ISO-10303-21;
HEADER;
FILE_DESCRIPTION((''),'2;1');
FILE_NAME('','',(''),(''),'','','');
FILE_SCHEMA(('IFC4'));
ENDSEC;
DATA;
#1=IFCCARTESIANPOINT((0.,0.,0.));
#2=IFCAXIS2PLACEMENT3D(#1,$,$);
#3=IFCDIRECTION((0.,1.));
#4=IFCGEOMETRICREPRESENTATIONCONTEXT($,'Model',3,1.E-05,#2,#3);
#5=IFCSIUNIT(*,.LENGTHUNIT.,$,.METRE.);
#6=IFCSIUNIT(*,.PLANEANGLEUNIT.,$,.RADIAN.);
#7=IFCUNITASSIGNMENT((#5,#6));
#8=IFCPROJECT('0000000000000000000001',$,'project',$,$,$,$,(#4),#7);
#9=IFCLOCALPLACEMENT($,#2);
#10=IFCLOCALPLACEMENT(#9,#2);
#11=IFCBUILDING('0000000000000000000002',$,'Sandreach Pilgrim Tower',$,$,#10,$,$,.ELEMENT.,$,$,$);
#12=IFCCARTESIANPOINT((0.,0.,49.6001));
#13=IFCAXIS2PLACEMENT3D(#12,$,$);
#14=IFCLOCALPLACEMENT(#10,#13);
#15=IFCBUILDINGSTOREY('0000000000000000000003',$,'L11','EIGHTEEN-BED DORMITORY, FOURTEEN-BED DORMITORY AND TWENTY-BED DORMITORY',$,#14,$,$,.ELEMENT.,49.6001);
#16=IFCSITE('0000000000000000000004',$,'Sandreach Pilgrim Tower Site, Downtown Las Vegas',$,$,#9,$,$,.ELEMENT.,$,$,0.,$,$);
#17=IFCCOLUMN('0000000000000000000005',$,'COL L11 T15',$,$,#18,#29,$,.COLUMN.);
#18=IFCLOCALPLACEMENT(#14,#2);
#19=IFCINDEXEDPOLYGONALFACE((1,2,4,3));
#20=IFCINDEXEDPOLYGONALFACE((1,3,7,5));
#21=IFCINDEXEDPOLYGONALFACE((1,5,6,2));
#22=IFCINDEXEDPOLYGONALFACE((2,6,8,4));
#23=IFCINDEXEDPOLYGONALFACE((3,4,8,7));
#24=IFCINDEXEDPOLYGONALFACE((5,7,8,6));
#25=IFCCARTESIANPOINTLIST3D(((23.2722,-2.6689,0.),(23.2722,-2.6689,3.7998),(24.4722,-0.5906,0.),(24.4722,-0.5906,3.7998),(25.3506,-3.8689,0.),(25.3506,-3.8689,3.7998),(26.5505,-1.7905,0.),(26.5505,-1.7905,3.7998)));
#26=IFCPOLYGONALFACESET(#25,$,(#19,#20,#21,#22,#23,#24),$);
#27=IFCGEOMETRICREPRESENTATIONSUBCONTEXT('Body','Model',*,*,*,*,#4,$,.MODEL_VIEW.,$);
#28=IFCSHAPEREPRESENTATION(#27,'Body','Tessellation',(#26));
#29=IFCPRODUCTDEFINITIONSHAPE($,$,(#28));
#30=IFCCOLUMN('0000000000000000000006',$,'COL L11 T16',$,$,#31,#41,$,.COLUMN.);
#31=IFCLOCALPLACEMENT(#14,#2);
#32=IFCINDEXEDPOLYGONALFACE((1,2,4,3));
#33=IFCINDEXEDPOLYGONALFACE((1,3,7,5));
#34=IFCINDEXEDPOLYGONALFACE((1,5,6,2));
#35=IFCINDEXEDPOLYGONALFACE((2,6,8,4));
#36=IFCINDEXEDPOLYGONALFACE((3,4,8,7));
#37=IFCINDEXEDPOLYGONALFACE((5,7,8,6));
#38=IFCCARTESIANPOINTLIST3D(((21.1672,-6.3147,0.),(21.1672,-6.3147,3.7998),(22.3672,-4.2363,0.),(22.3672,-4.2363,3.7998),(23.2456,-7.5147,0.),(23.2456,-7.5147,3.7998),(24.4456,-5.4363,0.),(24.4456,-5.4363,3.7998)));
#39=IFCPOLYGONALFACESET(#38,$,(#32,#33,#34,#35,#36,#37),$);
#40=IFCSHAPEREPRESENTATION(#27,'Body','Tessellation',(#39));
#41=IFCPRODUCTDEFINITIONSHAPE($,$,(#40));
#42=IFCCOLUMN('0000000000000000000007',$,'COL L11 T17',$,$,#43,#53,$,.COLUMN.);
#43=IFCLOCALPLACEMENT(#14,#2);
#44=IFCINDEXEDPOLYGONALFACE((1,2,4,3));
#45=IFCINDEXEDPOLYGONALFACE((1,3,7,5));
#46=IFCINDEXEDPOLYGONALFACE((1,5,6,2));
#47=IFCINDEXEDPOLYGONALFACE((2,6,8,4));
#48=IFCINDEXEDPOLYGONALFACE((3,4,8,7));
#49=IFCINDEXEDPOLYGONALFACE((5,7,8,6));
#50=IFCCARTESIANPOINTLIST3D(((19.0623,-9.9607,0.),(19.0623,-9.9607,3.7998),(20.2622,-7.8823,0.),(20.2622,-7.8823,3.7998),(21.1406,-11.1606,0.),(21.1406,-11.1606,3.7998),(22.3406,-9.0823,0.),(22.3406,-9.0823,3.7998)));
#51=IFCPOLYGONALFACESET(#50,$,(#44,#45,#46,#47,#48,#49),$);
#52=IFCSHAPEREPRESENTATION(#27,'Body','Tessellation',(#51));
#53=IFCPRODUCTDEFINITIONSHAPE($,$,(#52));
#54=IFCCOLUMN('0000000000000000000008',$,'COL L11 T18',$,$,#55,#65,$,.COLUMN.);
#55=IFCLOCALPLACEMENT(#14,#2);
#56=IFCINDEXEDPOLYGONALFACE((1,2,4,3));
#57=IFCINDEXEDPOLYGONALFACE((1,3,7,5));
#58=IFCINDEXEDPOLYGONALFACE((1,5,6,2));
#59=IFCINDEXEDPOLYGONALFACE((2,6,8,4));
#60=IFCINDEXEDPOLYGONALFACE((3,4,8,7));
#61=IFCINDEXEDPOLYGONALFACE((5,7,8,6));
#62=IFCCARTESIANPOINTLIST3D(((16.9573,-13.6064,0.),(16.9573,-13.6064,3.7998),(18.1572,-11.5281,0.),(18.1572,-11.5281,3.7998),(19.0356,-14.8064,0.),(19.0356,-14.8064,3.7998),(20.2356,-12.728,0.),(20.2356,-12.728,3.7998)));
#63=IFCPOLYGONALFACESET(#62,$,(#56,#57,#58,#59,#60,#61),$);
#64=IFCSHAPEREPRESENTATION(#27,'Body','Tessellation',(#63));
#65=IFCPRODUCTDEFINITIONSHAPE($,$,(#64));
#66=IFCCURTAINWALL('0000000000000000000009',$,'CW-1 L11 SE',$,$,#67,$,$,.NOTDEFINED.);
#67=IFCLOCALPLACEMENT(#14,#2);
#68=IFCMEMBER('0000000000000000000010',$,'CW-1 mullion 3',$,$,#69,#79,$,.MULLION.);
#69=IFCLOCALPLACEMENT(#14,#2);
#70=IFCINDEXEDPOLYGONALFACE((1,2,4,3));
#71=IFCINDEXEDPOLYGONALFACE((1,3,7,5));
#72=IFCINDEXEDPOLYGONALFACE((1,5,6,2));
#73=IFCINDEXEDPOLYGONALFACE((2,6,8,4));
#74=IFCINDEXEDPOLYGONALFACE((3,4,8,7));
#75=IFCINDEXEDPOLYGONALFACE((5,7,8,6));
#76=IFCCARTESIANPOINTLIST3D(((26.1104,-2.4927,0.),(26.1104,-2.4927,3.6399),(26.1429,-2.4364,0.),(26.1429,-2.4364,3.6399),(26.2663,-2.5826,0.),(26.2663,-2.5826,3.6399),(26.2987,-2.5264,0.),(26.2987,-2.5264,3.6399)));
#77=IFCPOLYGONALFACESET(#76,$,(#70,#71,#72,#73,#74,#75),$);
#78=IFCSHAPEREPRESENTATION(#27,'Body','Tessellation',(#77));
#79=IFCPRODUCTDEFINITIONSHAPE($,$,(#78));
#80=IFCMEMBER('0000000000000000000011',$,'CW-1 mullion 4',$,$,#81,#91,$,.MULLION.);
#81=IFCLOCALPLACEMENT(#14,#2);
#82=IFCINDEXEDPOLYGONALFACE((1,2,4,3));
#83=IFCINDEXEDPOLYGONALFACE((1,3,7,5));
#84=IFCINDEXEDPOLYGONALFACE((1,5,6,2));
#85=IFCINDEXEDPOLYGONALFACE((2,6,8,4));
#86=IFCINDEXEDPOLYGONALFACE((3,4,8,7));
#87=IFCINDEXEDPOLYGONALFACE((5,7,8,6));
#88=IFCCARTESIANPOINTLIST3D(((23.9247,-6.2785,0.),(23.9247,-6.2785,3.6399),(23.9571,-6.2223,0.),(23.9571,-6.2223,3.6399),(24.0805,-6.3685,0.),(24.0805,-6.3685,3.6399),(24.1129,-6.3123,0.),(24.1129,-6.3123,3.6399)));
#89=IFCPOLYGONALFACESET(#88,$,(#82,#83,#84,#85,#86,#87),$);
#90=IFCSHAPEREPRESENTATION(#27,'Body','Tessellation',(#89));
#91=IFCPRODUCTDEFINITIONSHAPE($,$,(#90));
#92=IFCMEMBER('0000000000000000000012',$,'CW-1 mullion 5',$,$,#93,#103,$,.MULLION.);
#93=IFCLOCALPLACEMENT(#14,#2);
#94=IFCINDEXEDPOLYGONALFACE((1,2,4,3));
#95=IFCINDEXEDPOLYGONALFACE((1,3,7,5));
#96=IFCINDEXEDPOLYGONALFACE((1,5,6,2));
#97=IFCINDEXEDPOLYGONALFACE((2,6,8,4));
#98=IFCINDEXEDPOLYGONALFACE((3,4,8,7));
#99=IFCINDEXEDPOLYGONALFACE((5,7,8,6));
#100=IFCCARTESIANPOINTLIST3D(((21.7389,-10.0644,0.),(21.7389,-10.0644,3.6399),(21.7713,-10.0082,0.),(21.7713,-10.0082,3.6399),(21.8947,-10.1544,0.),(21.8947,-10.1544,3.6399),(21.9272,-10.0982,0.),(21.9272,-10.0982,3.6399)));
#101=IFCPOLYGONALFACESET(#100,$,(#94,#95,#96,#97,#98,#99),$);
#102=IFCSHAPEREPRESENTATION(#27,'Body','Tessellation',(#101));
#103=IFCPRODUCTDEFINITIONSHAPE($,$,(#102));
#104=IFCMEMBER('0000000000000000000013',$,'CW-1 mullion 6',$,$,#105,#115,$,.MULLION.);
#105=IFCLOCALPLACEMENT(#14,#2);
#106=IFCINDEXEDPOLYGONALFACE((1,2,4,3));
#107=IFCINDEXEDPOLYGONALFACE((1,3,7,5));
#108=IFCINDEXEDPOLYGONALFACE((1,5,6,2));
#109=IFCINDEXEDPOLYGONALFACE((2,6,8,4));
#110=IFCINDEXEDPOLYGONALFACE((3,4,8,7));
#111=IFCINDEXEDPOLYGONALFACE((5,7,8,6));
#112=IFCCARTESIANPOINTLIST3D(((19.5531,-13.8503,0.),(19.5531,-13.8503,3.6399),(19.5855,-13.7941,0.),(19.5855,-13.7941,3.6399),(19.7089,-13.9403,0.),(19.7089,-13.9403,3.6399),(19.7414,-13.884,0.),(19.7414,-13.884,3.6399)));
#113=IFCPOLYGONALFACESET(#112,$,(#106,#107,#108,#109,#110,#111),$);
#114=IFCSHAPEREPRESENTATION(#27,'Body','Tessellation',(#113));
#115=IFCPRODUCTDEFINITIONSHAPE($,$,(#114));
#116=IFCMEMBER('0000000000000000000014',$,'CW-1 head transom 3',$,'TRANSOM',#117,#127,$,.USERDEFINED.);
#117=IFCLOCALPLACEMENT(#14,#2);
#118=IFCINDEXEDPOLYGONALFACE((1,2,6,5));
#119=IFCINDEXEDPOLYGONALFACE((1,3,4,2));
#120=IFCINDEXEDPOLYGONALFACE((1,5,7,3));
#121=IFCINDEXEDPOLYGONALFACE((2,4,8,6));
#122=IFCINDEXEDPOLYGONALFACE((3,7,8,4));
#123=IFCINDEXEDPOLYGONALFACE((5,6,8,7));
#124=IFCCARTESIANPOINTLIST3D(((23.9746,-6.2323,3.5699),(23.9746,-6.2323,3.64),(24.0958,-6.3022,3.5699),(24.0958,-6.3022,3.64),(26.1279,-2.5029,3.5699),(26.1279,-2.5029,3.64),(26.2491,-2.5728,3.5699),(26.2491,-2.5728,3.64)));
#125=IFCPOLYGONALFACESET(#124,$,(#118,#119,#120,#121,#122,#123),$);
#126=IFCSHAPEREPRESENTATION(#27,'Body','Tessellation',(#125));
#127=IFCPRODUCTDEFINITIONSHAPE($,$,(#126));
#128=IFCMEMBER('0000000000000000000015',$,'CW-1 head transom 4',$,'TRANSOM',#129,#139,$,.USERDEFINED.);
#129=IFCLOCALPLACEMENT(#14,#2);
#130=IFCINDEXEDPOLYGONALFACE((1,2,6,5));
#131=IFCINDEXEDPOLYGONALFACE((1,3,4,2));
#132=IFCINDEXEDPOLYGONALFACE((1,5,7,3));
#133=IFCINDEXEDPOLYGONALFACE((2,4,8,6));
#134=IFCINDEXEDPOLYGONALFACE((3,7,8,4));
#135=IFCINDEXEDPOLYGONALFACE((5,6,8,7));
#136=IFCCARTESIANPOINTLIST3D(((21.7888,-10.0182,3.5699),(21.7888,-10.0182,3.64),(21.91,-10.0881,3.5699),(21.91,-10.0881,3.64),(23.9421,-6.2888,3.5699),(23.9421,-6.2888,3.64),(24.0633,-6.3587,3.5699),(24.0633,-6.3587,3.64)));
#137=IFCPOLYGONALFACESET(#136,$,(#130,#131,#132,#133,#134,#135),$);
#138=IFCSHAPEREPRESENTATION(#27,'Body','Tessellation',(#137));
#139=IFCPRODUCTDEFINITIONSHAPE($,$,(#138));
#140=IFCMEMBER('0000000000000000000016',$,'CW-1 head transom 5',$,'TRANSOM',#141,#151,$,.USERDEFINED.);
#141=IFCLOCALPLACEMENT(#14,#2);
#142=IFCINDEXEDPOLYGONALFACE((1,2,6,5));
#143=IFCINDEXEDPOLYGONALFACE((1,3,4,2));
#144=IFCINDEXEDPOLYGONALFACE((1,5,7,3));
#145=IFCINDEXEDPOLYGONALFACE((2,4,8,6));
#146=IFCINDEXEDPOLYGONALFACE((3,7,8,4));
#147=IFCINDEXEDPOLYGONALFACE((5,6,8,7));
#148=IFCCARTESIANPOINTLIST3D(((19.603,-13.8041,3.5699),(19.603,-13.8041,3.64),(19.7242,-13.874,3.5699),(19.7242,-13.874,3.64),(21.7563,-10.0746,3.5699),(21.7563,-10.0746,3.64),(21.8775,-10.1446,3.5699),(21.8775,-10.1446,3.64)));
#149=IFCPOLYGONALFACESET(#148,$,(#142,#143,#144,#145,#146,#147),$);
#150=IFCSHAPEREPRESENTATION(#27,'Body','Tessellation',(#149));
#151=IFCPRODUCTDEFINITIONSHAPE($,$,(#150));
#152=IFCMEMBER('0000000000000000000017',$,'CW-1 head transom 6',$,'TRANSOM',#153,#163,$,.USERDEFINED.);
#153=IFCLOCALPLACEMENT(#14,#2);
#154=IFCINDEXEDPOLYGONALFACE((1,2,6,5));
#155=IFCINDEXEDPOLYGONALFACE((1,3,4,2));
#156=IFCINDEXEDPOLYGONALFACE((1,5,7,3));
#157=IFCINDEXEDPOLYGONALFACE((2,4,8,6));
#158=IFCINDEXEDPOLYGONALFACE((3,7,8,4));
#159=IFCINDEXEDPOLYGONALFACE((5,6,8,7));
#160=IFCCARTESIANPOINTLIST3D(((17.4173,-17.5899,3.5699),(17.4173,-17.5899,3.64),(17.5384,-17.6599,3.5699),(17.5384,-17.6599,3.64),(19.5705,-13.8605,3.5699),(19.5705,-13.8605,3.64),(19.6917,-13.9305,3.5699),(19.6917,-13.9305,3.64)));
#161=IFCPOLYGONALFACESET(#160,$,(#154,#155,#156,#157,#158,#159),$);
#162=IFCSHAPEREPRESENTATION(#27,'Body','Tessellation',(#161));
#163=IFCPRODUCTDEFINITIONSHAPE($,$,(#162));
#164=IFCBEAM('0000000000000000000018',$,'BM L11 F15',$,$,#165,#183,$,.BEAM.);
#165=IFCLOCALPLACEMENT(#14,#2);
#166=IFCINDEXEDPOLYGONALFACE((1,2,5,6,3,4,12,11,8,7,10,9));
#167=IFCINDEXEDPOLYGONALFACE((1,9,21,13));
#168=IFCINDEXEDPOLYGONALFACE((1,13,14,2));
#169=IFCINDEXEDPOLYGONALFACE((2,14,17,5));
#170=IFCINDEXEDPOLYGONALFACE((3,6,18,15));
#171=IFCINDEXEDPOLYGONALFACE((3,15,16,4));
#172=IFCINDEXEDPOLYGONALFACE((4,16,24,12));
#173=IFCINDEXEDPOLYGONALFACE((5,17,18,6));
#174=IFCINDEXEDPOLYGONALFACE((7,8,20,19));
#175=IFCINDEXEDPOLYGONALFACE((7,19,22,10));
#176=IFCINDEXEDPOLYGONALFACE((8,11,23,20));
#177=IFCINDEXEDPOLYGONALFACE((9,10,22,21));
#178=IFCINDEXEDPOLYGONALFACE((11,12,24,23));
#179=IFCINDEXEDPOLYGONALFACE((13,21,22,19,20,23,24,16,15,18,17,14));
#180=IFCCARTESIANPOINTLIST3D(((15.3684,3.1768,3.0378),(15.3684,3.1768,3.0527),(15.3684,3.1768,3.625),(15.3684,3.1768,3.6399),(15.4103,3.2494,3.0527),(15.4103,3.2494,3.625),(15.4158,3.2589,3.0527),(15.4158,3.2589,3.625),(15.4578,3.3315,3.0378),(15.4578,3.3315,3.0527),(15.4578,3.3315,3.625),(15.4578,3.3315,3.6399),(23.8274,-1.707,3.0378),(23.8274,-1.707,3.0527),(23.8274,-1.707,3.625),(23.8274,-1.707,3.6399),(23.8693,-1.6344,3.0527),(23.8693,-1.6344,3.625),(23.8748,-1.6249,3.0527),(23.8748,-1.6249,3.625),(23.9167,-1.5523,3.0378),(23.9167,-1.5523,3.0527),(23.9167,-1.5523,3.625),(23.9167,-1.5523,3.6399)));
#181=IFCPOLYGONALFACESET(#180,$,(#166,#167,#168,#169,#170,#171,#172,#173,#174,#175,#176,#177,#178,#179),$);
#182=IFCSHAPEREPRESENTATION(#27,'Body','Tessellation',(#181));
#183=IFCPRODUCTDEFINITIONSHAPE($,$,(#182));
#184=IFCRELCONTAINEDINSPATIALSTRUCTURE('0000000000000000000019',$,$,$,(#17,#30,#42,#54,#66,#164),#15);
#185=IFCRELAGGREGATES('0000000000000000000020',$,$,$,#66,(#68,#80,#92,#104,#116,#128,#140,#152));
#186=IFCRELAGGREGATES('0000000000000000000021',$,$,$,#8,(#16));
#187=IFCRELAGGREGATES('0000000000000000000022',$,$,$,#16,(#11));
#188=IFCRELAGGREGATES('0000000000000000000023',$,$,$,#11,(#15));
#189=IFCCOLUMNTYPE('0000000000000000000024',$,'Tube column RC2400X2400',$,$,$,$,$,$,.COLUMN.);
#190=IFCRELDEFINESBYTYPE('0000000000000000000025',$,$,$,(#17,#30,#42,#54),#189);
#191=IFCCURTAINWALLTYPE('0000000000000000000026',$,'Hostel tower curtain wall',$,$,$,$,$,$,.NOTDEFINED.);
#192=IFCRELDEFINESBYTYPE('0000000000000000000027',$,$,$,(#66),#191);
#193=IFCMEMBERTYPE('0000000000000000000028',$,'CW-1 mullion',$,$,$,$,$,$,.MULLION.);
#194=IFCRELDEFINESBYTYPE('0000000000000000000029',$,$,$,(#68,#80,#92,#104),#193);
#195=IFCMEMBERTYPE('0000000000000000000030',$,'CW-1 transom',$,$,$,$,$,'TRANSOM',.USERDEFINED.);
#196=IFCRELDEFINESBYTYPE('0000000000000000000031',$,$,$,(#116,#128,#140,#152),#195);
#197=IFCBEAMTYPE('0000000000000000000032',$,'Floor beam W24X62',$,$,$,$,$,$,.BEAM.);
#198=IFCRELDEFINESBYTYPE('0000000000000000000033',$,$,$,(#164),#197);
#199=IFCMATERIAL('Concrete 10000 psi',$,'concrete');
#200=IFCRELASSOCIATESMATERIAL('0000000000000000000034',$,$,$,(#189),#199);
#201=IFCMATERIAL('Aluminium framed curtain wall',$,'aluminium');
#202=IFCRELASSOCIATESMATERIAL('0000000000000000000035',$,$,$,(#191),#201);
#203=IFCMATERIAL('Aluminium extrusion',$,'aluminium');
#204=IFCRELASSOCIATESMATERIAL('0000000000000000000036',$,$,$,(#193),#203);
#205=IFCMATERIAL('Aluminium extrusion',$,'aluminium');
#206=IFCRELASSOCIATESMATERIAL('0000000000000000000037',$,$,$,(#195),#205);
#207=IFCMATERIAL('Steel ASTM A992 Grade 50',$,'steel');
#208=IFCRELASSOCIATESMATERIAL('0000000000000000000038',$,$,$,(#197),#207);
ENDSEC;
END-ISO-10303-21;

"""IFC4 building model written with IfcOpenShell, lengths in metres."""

from ifc_helpers import new_model, si_unit, direction, frame, origin, origin_2d, place, context, subcontext, project, spatial, rectangle, i_section, extrude, material, material_profile, profile_set, type_object, element, aggregate, save


model = new_model("IFC4")

# Units and contexts
model_context = context("Model", 3, precision=1e-05, world=origin(), true_north=direction((0.0, 1.0)))
body_context = subcontext(model_context, "Body", "Model", "MODEL_VIEW")
ifc_project = project(units=[si_unit("LENGTHUNIT", "METRE"), si_unit("PLANEANGLEUNIT", "RADIAN")], contexts=[model_context])

# Site, building, storey
site_placement = place(None, origin())
site = spatial("IfcSite", under=ifc_project, at=site_placement, Name="Sandreach Pilgrim Tower Site, Downtown Las Vegas", CompositionType="ELEMENT", RefElevation=0.0)
building_placement = place(site_placement, origin())
building = spatial("IfcBuilding", under=site, at=building_placement, Name="Sandreach Pilgrim Tower", CompositionType="ELEMENT")
storey_placement = place(building_placement, frame((0.0, 0.0, 49.6001)))
storey = spatial("IfcBuildingStorey", under=building, at=storey_placement, Name="L11", Description="EIGHTEEN-BED DORMITORY, FOURTEEN-BED DORMITORY AND TWENTY-BED DORMITORY", CompositionType="ELEMENT", Elevation=49.6001)

# Columns
ifc_material_1 = material(Name="Concrete 10000 psi", Category="concrete")
ifc_material_profile_1 = material_profile(ifc_material_1, rectangle(XDim=2.3999, YDim=2.3999, at=origin_2d()), Name="RC2400X2400")
ifc_profile_set_1 = profile_set([ifc_material_profile_1], Name="Concrete 10000 psi")
column_type = type_object("IfcColumnType", Name="Tube column RC2400X2400", PredefinedType="COLUMN", material=ifc_profile_set_1)
for number, where, z_axis, x_axis, name in (
    (1, (24.9114, -2.2297, 0.0), (0.0, 0.0, 1.0), (0.866025, -0.5, 0.0), "COL L11 T15"),
    (2, (22.8064, -5.8755, 0.0), (0.0, 0.0, 1.0), (0.866025, -0.5, 0.0), "COL L11 T16"),
    (3, (20.7014, -9.5215, 0.0), (0.0, 0.0, 1.0), (0.866025, -0.5, 0.0), "COL L11 T17"),
    (4, (18.5964, -13.1672, 0.0), (0.0, 0.0, 1.0), (0.866025, -0.5, 0.0), "COL L11 T18"),
):
    element("IfcColumn", number, at=place(storey_placement, frame(where, z_axis=z_axis, x_axis=x_axis)), inside=storey, type_object=column_type, Name=name, PredefinedType="COLUMN", context=body_context, shape_type="SweptSolid", body=[
        extrude(rectangle(XDim=2.3999, YDim=2.3999, at=origin_2d()), origin(), (0.0, 0.0, 1.0), 3.7998),
    ])

# Curtain wall, members
ifc_material_2 = material(Name="Aluminium framed curtain wall", Category="aluminium")
curtain_wall_type = type_object("IfcCurtainWallType", Name="Hostel tower curtain wall", PredefinedType="NOTDEFINED", material=ifc_material_2)
curtain_wall_placement = place(storey_placement, origin())
curtain_wall = element("IfcCurtainWall", 5, at=curtain_wall_placement, inside=storey, type_object=curtain_wall_type, Name="CW-1 L11 SE", PredefinedType="NOTDEFINED")
ifc_material_3 = material(Name="Aluminium extrusion", Category="aluminium")
ifc_material_profile_2 = material_profile(ifc_material_3, rectangle(XDim=0.0649, YDim=0.1799, at=origin_2d()), Name="CW-1M 65X180")
ifc_profile_set_2 = profile_set([ifc_material_profile_2], Name="Aluminium extrusion")
member_type_1 = type_object("IfcMemberType", Name="CW-1 mullion", PredefinedType="MULLION", material=ifc_profile_set_2)
member_1_placement = place(storey_placement, frame((26.2046, -2.5095, 0.0), z_axis=(0.0, 0.0, 1.0), x_axis=(-0.5, -0.866025, 0.0)))
member_1 = element("IfcMember", 6, at=member_1_placement, type_object=member_type_1, Name="CW-1 mullion 3", PredefinedType="MULLION", context=body_context, shape_type="SweptSolid", body=[
    extrude(rectangle(XDim=0.0649, YDim=0.1799, at=origin_2d()), origin(), (0.0, 0.0, 1.0), 3.6399),
])
member_2_placement = place(storey_placement, frame((24.0188, -6.2954, 0.0), z_axis=(0.0, 0.0, 1.0), x_axis=(-0.5, -0.866025, 0.0)))
member_2 = element("IfcMember", 7, at=member_2_placement, type_object=member_type_1, Name="CW-1 mullion 4", PredefinedType="MULLION", context=body_context, shape_type="SweptSolid", body=[
    extrude(rectangle(XDim=0.0649, YDim=0.1799, at=origin_2d()), origin(), (0.0, 0.0, 1.0), 3.6399),
])
member_3_placement = place(storey_placement, frame((21.833, -10.0813, 0.0), z_axis=(0.0, 0.0, 1.0), x_axis=(-0.5, -0.866025, 0.0)))
member_3 = element("IfcMember", 8, at=member_3_placement, type_object=member_type_1, Name="CW-1 mullion 5", PredefinedType="MULLION", context=body_context, shape_type="SweptSolid", body=[
    extrude(rectangle(XDim=0.0649, YDim=0.1799, at=origin_2d()), origin(), (0.0, 0.0, 1.0), 3.6399),
])
member_4_placement = place(storey_placement, frame((19.6472, -13.8672, 0.0), z_axis=(0.0, 0.0, 1.0), x_axis=(-0.5, -0.866025, 0.0)))
member_4 = element("IfcMember", 9, at=member_4_placement, type_object=member_type_1, Name="CW-1 mullion 6", PredefinedType="MULLION", context=body_context, shape_type="SweptSolid", body=[
    extrude(rectangle(XDim=0.0649, YDim=0.1799, at=origin_2d()), origin(), (0.0, 0.0, 1.0), 3.6399),
])
ifc_material_4 = material(Name="Aluminium extrusion", Category="aluminium")
ifc_material_profile_3 = material_profile(ifc_material_4, rectangle(XDim=0.1399, YDim=0.0701, at=origin_2d()), Name="CW-1T 140X70")
ifc_profile_set_3 = profile_set([ifc_material_profile_3], Name="Aluminium extrusion")
member_type_2 = type_object("IfcMemberType", Name="CW-1 transom", ElementType="TRANSOM", PredefinedType="USERDEFINED", material=ifc_profile_set_3)
member_5_placement = place(storey_placement, frame((26.1885, -2.5378, 3.605), z_axis=(-0.500017, -0.866016, 0.0), x_axis=(0.866016, -0.500017, 0.0)))
member_5 = element("IfcMember", 10, at=member_5_placement, type_object=member_type_2, Name="CW-1 head transom 3", ObjectType="TRANSOM", PredefinedType="USERDEFINED", context=body_context, shape_type="SweptSolid", body=[
    extrude(rectangle(XDim=0.1399, YDim=0.0701, at=origin_2d()), origin(), (0.0, 0.0, 1.0), 4.3064),
])
member_6_placement = place(storey_placement, frame((24.0027, -6.3237, 3.605), z_axis=(-0.500017, -0.866016, 0.0), x_axis=(0.866016, -0.500017, 0.0)))
member_6 = element("IfcMember", 11, at=member_6_placement, type_object=member_type_2, Name="CW-1 head transom 4", ObjectType="TRANSOM", PredefinedType="USERDEFINED", context=body_context, shape_type="SweptSolid", body=[
    extrude(rectangle(XDim=0.1399, YDim=0.0701, at=origin_2d()), origin(), (0.0, 0.0, 1.0), 4.3064),
])
member_7_placement = place(storey_placement, frame((21.8169, -10.1096, 3.605), z_axis=(-0.500017, -0.866016, 0.0), x_axis=(0.866016, -0.500017, 0.0)))
member_7 = element("IfcMember", 12, at=member_7_placement, type_object=member_type_2, Name="CW-1 head transom 5", ObjectType="TRANSOM", PredefinedType="USERDEFINED", context=body_context, shape_type="SweptSolid", body=[
    extrude(rectangle(XDim=0.1399, YDim=0.0701, at=origin_2d()), origin(), (0.0, 0.0, 1.0), 4.3064),
])
member_8_placement = place(storey_placement, frame((19.6311, -13.8955, 3.605), z_axis=(-0.500017, -0.866016, 0.0), x_axis=(0.866016, -0.500017, 0.0)))
member_8 = element("IfcMember", 13, at=member_8_placement, type_object=member_type_2, Name="CW-1 head transom 6", ObjectType="TRANSOM", PredefinedType="USERDEFINED", context=body_context, shape_type="SweptSolid", body=[
    extrude(rectangle(XDim=0.1399, YDim=0.0701, at=origin_2d()), origin(), (0.0, 0.0, 1.0), 4.3064),
])

# Beam
ifc_material_5 = material(Name="Steel ASTM A992 Grade 50", Category="steel")
ifc_material_profile_4 = material_profile(ifc_material_5, i_section(OverallWidth=0.1787, OverallDepth=0.6021, WebThickness=0.011, FlangeThickness=0.0149, at=origin_2d()), Name="W24X62")
ifc_profile_set_4 = profile_set([ifc_material_profile_4], Name="Steel ASTM A992 Grade 50")
beam_type_1 = type_object("IfcBeamType", Name="Floor beam W24X62", PredefinedType="BEAM", material=ifc_profile_set_4)
beam_1_placement = place(storey_placement, frame((23.8721, -1.6296, 3.3389), z_axis=(-0.866026, 0.499999, 0.0), x_axis=(-0.499999, -0.866026, 0.0)))
element("IfcBeam", 14, at=beam_1_placement, inside=storey, type_object=beam_type_1, Name="BM L11 F15", PredefinedType="BEAM", context=body_context, shape_type="SweptSolid", body=[
    extrude(i_section(OverallWidth=0.1787, OverallDepth=0.6021, WebThickness=0.011, FlangeThickness=0.0149, at=origin_2d()), origin(), (0.0, 0.0, 1.0), 9.7676),
])

aggregate(curtain_wall, [member_1, member_2, member_3, member_4, member_5, member_6, member_7, member_8])

save(model, "model.ifc")
